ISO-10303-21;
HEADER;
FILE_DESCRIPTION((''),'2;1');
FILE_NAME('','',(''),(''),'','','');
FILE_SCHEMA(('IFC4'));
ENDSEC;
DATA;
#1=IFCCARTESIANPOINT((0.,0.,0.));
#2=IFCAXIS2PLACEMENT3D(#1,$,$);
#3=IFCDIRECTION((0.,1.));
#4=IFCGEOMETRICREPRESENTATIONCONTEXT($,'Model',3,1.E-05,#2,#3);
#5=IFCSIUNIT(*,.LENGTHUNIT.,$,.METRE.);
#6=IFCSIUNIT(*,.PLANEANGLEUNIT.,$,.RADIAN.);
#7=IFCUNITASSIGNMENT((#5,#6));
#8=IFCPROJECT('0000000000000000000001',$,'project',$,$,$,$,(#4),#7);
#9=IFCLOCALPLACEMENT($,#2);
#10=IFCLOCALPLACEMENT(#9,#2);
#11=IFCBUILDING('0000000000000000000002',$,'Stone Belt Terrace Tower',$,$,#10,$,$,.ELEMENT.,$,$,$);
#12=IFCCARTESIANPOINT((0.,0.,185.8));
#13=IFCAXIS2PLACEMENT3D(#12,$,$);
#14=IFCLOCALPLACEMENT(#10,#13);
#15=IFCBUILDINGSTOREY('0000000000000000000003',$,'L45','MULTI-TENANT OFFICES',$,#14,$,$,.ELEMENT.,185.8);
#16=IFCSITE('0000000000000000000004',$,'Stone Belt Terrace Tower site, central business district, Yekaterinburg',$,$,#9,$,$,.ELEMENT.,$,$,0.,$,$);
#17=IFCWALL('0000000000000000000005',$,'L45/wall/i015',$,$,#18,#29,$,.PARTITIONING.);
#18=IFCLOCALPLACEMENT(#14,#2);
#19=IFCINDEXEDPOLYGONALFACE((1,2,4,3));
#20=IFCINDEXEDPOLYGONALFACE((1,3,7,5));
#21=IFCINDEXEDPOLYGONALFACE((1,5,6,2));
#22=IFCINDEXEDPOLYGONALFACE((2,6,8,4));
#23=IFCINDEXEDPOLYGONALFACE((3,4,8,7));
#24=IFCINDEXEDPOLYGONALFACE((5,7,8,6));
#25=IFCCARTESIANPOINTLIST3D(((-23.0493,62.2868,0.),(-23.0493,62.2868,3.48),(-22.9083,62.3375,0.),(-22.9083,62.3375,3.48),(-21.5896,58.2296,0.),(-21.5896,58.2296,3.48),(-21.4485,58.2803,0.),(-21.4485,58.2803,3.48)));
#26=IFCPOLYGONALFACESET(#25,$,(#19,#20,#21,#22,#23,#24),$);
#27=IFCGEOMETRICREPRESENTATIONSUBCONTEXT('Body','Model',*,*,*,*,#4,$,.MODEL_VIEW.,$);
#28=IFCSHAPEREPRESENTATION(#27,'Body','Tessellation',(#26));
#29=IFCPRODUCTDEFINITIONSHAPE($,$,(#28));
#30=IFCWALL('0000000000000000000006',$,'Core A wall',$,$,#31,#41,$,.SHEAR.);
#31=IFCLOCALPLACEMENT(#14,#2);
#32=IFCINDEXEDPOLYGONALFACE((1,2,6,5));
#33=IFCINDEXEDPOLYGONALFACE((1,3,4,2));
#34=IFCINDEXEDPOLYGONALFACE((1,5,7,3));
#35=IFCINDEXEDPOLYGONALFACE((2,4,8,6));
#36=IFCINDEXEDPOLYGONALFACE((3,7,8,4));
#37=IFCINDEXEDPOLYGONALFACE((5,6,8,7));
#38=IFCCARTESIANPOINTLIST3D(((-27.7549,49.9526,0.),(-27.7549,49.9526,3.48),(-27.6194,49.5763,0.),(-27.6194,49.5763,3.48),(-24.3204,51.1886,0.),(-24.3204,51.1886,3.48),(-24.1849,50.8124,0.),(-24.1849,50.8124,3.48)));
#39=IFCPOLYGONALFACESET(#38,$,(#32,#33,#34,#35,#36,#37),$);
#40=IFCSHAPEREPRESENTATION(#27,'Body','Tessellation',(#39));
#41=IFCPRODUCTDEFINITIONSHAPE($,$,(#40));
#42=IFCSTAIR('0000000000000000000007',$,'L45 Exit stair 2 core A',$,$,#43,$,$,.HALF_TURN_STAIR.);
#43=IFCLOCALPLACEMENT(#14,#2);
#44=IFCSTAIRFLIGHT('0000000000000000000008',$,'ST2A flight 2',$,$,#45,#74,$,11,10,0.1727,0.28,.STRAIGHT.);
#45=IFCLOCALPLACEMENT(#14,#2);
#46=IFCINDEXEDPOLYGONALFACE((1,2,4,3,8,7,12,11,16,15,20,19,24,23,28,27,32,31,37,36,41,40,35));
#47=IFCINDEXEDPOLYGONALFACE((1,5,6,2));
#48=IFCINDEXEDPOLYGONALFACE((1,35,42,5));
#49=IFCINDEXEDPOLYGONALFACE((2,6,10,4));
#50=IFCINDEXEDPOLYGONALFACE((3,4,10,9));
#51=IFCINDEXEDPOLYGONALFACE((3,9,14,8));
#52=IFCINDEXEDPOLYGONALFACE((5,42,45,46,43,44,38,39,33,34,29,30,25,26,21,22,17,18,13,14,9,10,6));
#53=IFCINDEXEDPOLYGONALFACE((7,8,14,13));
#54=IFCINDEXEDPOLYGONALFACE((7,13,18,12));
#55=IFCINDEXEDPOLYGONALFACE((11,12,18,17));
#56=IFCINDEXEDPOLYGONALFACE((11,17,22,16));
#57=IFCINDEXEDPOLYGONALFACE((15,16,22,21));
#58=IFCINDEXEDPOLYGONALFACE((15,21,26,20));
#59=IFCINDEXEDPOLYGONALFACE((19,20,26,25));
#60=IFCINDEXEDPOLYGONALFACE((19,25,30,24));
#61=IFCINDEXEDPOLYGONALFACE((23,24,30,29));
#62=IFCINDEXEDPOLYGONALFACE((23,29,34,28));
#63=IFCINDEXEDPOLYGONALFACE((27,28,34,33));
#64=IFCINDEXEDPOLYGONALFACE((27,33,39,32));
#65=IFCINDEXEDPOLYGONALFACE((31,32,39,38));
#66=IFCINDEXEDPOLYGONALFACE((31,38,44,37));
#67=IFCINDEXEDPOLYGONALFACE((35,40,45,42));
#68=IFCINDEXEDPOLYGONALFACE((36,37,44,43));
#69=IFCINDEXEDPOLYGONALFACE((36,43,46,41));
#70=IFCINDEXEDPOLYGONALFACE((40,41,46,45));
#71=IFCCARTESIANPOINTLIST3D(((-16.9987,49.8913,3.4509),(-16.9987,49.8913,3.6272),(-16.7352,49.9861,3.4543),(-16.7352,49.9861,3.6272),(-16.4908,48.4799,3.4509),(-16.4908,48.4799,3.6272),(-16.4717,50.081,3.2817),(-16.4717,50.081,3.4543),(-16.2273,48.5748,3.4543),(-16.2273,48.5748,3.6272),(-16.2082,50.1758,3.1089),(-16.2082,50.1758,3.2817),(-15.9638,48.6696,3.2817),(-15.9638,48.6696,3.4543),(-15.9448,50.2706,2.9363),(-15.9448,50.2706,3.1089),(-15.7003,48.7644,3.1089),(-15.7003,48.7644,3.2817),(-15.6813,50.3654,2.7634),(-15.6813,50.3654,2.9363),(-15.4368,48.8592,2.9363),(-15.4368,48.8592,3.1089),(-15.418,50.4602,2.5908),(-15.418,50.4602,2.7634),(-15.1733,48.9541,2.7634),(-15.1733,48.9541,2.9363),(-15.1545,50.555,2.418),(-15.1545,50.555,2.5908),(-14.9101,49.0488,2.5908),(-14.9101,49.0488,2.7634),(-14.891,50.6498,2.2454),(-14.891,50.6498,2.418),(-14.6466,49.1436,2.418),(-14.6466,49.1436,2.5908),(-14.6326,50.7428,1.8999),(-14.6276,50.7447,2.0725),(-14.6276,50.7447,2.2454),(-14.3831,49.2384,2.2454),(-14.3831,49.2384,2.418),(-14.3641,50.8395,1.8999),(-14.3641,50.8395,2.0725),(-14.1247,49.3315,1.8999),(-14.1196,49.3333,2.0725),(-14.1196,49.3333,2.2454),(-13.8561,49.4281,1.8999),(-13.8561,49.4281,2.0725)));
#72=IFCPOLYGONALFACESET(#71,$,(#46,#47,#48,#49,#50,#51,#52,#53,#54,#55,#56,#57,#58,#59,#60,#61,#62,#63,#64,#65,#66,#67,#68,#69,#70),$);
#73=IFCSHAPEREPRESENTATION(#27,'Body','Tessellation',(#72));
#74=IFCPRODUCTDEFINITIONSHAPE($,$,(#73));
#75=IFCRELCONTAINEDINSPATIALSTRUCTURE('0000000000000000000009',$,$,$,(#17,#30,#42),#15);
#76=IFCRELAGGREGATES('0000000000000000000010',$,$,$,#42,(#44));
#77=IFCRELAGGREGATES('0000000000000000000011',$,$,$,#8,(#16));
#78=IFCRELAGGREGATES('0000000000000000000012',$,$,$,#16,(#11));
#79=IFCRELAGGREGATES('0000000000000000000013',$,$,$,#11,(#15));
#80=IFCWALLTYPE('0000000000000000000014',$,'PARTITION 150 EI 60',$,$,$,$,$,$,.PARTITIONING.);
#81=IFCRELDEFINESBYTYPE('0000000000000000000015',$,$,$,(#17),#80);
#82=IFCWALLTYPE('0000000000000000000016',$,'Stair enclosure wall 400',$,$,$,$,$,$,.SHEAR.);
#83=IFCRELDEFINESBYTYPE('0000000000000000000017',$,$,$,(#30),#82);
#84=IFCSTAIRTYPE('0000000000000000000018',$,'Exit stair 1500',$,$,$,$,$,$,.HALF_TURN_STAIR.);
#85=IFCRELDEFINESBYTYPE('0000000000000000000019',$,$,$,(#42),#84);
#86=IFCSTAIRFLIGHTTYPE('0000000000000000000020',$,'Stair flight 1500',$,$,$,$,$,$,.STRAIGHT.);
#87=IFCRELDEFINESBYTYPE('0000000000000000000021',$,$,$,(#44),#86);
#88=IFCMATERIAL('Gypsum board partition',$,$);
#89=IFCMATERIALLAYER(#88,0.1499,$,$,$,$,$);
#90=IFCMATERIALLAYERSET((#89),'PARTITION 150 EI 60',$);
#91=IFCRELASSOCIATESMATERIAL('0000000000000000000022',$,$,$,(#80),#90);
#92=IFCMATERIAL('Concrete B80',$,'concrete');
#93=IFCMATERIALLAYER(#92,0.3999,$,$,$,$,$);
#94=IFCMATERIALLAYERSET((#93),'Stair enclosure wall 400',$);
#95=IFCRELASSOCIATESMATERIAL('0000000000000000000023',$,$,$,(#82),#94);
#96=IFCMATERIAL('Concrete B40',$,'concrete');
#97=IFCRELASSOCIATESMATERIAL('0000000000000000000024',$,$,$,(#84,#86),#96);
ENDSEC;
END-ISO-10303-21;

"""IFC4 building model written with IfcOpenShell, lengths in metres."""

from ifc_helpers import new_model, si_unit, direction, frame, frame_2d, origin, place, context, subcontext, project, spatial, polyline, rectangle, outline, extrude, material, layer, layer_set, type_object, element, aggregate, save


model = new_model("IFC4")

# Units and contexts
model_context = context("Model", 3, precision=1e-05, world=origin(), true_north=direction((0.0, 1.0)))
body_context = subcontext(model_context, "Body", "Model", "MODEL_VIEW")
ifc_project = project(units=[si_unit("LENGTHUNIT", "METRE"), si_unit("PLANEANGLEUNIT", "RADIAN")], contexts=[model_context])

# Site, building, storey
site_placement = place(None, origin())
site = spatial("IfcSite", under=ifc_project, at=site_placement, Name="Stone Belt Terrace Tower site, central business district, Yekaterinburg", CompositionType="ELEMENT", RefElevation=0.0)
building_placement = place(site_placement, origin())
building = spatial("IfcBuilding", under=site, at=building_placement, Name="Stone Belt Terrace Tower", CompositionType="ELEMENT")
storey_placement = place(building_placement, frame((0.0, 0.0, 185.8)))
storey = spatial("IfcBuildingStorey", under=building, at=storey_placement, Name="L45", Description="MULTI-TENANT OFFICES", CompositionType="ELEMENT", Elevation=185.8)

# Shared definitions
ifc_material_1 = material(Name="Concrete B80", Category="concrete")

# Walls
ifc_material_2 = material(Name="Gypsum board partition")
ifc_layer_1 = layer(ifc_material_2, 0.1499)
ifc_layer_set_1 = layer_set([ifc_layer_1], Name="PARTITION 150 EI 60")
wall_type_1 = type_object("IfcWallType", Name="PARTITION 150 EI 60", PredefinedType="PARTITIONING", material=ifc_layer_set_1)
wall_1_placement = place(storey_placement, frame((-22.9788, 62.312, 0.0), z_axis=(0.0, 0.0, 1.0), x_axis=(0.338545, -0.94095, 0.0)))
element("IfcWall", 1, at=wall_1_placement, inside=storey, type_object=wall_type_1, Name="L45/wall/i015", PredefinedType="PARTITIONING", context=body_context, shape_type="SweptSolid", body=[
    extrude(rectangle(XDim=4.3118, YDim=0.1499, at=frame_2d((2.1558, 0.0))), origin(), (0.0, 0.0, 1.0), 3.48),
])
ifc_layer_2 = layer(ifc_material_1, 0.3999)
ifc_layer_set_2 = layer_set([ifc_layer_2], Name="Stair enclosure wall 400")
wall_type_2 = type_object("IfcWallType", Name="Stair enclosure wall 400", PredefinedType="SHEAR", material=ifc_layer_set_2)
wall_2_placement = place(storey_placement, frame((-27.6873, 49.7644, 0.0), z_axis=(0.0, 0.0, 1.0), x_axis=(0.940919, 0.338632, 0.0)))
element("IfcWall", 2, at=wall_2_placement, inside=storey, type_object=wall_type_2, Name="Core A wall", PredefinedType="SHEAR", context=body_context, shape_type="SweptSolid", body=[
    extrude(rectangle(XDim=3.6501, YDim=0.3999, at=frame_2d((1.8252, 0.0))), origin(), (0.0, 0.0, 1.0), 3.48),
])

# Stair, stair flight
ifc_material_3 = material(Name="Concrete B40", Category="concrete")
stair_type = type_object("IfcStairType", Name="Exit stair 1500", PredefinedType="HALF_TURN_STAIR", material=ifc_material_3)
stair_placement = place(storey_placement, origin())
stair = element("IfcStair", 3, at=stair_placement, inside=storey, type_object=stair_type, Name="L45 Exit stair 2 core A", PredefinedType="HALF_TURN_STAIR")
stair_flight_type = type_object("IfcStairFlightType", Name="Stair flight 1500", PredefinedType="STRAIGHT", material=ifc_material_3)
stair_flight_placement = place(storey_placement, frame((-14.1101, 50.1338, 1.8999), z_axis=(0.0, 0.0, 1.0), x_axis=(-0.940922, -0.338624, 0.0)))
stair_flight = element("IfcStairFlight", 4, at=stair_flight_placement, type_object=stair_flight_type, Name="ST2A flight 2", NumberOfRisers=11, NumberOfTreads=10, PredefinedType="STRAIGHT", RiserHeight=0.1727, TreadLength=0.28, context=body_context, shape_type="SweptSolid", body=[
    extrude(outline(polyline([(0.0, 0.0), (0.0, 0.1726), (0.28, 0.1726), (0.28, 0.3455), (0.5601, 0.3455), (0.5601, 0.5181), (0.8401, 0.5181), (0.8401, 0.6909), (1.1201, 0.6909), (1.1201, 0.8635), (1.3999, 0.8635), (1.3999, 1.0364), (1.6799, 1.0364), (1.6799, 1.209), (1.96, 1.209), (1.96, 1.3818), (2.24, 1.3818), (2.24, 1.5544), (2.52, 1.5544), (2.52, 1.7273), (2.8, 1.7273), (2.8, 1.8999), (2.8, 1.551), (0.2854, 0.0), (0.0, 0.0)])), frame((0.0, 0.75, 0.0), z_axis=(0.0, -1.0, 0.0), x_axis=(1.0, 0.0, 0.0)), (0.0, 0.0, 1.0), 1.5),
])
aggregate(stair, [stair_flight])

save(model, "model.ifc")
